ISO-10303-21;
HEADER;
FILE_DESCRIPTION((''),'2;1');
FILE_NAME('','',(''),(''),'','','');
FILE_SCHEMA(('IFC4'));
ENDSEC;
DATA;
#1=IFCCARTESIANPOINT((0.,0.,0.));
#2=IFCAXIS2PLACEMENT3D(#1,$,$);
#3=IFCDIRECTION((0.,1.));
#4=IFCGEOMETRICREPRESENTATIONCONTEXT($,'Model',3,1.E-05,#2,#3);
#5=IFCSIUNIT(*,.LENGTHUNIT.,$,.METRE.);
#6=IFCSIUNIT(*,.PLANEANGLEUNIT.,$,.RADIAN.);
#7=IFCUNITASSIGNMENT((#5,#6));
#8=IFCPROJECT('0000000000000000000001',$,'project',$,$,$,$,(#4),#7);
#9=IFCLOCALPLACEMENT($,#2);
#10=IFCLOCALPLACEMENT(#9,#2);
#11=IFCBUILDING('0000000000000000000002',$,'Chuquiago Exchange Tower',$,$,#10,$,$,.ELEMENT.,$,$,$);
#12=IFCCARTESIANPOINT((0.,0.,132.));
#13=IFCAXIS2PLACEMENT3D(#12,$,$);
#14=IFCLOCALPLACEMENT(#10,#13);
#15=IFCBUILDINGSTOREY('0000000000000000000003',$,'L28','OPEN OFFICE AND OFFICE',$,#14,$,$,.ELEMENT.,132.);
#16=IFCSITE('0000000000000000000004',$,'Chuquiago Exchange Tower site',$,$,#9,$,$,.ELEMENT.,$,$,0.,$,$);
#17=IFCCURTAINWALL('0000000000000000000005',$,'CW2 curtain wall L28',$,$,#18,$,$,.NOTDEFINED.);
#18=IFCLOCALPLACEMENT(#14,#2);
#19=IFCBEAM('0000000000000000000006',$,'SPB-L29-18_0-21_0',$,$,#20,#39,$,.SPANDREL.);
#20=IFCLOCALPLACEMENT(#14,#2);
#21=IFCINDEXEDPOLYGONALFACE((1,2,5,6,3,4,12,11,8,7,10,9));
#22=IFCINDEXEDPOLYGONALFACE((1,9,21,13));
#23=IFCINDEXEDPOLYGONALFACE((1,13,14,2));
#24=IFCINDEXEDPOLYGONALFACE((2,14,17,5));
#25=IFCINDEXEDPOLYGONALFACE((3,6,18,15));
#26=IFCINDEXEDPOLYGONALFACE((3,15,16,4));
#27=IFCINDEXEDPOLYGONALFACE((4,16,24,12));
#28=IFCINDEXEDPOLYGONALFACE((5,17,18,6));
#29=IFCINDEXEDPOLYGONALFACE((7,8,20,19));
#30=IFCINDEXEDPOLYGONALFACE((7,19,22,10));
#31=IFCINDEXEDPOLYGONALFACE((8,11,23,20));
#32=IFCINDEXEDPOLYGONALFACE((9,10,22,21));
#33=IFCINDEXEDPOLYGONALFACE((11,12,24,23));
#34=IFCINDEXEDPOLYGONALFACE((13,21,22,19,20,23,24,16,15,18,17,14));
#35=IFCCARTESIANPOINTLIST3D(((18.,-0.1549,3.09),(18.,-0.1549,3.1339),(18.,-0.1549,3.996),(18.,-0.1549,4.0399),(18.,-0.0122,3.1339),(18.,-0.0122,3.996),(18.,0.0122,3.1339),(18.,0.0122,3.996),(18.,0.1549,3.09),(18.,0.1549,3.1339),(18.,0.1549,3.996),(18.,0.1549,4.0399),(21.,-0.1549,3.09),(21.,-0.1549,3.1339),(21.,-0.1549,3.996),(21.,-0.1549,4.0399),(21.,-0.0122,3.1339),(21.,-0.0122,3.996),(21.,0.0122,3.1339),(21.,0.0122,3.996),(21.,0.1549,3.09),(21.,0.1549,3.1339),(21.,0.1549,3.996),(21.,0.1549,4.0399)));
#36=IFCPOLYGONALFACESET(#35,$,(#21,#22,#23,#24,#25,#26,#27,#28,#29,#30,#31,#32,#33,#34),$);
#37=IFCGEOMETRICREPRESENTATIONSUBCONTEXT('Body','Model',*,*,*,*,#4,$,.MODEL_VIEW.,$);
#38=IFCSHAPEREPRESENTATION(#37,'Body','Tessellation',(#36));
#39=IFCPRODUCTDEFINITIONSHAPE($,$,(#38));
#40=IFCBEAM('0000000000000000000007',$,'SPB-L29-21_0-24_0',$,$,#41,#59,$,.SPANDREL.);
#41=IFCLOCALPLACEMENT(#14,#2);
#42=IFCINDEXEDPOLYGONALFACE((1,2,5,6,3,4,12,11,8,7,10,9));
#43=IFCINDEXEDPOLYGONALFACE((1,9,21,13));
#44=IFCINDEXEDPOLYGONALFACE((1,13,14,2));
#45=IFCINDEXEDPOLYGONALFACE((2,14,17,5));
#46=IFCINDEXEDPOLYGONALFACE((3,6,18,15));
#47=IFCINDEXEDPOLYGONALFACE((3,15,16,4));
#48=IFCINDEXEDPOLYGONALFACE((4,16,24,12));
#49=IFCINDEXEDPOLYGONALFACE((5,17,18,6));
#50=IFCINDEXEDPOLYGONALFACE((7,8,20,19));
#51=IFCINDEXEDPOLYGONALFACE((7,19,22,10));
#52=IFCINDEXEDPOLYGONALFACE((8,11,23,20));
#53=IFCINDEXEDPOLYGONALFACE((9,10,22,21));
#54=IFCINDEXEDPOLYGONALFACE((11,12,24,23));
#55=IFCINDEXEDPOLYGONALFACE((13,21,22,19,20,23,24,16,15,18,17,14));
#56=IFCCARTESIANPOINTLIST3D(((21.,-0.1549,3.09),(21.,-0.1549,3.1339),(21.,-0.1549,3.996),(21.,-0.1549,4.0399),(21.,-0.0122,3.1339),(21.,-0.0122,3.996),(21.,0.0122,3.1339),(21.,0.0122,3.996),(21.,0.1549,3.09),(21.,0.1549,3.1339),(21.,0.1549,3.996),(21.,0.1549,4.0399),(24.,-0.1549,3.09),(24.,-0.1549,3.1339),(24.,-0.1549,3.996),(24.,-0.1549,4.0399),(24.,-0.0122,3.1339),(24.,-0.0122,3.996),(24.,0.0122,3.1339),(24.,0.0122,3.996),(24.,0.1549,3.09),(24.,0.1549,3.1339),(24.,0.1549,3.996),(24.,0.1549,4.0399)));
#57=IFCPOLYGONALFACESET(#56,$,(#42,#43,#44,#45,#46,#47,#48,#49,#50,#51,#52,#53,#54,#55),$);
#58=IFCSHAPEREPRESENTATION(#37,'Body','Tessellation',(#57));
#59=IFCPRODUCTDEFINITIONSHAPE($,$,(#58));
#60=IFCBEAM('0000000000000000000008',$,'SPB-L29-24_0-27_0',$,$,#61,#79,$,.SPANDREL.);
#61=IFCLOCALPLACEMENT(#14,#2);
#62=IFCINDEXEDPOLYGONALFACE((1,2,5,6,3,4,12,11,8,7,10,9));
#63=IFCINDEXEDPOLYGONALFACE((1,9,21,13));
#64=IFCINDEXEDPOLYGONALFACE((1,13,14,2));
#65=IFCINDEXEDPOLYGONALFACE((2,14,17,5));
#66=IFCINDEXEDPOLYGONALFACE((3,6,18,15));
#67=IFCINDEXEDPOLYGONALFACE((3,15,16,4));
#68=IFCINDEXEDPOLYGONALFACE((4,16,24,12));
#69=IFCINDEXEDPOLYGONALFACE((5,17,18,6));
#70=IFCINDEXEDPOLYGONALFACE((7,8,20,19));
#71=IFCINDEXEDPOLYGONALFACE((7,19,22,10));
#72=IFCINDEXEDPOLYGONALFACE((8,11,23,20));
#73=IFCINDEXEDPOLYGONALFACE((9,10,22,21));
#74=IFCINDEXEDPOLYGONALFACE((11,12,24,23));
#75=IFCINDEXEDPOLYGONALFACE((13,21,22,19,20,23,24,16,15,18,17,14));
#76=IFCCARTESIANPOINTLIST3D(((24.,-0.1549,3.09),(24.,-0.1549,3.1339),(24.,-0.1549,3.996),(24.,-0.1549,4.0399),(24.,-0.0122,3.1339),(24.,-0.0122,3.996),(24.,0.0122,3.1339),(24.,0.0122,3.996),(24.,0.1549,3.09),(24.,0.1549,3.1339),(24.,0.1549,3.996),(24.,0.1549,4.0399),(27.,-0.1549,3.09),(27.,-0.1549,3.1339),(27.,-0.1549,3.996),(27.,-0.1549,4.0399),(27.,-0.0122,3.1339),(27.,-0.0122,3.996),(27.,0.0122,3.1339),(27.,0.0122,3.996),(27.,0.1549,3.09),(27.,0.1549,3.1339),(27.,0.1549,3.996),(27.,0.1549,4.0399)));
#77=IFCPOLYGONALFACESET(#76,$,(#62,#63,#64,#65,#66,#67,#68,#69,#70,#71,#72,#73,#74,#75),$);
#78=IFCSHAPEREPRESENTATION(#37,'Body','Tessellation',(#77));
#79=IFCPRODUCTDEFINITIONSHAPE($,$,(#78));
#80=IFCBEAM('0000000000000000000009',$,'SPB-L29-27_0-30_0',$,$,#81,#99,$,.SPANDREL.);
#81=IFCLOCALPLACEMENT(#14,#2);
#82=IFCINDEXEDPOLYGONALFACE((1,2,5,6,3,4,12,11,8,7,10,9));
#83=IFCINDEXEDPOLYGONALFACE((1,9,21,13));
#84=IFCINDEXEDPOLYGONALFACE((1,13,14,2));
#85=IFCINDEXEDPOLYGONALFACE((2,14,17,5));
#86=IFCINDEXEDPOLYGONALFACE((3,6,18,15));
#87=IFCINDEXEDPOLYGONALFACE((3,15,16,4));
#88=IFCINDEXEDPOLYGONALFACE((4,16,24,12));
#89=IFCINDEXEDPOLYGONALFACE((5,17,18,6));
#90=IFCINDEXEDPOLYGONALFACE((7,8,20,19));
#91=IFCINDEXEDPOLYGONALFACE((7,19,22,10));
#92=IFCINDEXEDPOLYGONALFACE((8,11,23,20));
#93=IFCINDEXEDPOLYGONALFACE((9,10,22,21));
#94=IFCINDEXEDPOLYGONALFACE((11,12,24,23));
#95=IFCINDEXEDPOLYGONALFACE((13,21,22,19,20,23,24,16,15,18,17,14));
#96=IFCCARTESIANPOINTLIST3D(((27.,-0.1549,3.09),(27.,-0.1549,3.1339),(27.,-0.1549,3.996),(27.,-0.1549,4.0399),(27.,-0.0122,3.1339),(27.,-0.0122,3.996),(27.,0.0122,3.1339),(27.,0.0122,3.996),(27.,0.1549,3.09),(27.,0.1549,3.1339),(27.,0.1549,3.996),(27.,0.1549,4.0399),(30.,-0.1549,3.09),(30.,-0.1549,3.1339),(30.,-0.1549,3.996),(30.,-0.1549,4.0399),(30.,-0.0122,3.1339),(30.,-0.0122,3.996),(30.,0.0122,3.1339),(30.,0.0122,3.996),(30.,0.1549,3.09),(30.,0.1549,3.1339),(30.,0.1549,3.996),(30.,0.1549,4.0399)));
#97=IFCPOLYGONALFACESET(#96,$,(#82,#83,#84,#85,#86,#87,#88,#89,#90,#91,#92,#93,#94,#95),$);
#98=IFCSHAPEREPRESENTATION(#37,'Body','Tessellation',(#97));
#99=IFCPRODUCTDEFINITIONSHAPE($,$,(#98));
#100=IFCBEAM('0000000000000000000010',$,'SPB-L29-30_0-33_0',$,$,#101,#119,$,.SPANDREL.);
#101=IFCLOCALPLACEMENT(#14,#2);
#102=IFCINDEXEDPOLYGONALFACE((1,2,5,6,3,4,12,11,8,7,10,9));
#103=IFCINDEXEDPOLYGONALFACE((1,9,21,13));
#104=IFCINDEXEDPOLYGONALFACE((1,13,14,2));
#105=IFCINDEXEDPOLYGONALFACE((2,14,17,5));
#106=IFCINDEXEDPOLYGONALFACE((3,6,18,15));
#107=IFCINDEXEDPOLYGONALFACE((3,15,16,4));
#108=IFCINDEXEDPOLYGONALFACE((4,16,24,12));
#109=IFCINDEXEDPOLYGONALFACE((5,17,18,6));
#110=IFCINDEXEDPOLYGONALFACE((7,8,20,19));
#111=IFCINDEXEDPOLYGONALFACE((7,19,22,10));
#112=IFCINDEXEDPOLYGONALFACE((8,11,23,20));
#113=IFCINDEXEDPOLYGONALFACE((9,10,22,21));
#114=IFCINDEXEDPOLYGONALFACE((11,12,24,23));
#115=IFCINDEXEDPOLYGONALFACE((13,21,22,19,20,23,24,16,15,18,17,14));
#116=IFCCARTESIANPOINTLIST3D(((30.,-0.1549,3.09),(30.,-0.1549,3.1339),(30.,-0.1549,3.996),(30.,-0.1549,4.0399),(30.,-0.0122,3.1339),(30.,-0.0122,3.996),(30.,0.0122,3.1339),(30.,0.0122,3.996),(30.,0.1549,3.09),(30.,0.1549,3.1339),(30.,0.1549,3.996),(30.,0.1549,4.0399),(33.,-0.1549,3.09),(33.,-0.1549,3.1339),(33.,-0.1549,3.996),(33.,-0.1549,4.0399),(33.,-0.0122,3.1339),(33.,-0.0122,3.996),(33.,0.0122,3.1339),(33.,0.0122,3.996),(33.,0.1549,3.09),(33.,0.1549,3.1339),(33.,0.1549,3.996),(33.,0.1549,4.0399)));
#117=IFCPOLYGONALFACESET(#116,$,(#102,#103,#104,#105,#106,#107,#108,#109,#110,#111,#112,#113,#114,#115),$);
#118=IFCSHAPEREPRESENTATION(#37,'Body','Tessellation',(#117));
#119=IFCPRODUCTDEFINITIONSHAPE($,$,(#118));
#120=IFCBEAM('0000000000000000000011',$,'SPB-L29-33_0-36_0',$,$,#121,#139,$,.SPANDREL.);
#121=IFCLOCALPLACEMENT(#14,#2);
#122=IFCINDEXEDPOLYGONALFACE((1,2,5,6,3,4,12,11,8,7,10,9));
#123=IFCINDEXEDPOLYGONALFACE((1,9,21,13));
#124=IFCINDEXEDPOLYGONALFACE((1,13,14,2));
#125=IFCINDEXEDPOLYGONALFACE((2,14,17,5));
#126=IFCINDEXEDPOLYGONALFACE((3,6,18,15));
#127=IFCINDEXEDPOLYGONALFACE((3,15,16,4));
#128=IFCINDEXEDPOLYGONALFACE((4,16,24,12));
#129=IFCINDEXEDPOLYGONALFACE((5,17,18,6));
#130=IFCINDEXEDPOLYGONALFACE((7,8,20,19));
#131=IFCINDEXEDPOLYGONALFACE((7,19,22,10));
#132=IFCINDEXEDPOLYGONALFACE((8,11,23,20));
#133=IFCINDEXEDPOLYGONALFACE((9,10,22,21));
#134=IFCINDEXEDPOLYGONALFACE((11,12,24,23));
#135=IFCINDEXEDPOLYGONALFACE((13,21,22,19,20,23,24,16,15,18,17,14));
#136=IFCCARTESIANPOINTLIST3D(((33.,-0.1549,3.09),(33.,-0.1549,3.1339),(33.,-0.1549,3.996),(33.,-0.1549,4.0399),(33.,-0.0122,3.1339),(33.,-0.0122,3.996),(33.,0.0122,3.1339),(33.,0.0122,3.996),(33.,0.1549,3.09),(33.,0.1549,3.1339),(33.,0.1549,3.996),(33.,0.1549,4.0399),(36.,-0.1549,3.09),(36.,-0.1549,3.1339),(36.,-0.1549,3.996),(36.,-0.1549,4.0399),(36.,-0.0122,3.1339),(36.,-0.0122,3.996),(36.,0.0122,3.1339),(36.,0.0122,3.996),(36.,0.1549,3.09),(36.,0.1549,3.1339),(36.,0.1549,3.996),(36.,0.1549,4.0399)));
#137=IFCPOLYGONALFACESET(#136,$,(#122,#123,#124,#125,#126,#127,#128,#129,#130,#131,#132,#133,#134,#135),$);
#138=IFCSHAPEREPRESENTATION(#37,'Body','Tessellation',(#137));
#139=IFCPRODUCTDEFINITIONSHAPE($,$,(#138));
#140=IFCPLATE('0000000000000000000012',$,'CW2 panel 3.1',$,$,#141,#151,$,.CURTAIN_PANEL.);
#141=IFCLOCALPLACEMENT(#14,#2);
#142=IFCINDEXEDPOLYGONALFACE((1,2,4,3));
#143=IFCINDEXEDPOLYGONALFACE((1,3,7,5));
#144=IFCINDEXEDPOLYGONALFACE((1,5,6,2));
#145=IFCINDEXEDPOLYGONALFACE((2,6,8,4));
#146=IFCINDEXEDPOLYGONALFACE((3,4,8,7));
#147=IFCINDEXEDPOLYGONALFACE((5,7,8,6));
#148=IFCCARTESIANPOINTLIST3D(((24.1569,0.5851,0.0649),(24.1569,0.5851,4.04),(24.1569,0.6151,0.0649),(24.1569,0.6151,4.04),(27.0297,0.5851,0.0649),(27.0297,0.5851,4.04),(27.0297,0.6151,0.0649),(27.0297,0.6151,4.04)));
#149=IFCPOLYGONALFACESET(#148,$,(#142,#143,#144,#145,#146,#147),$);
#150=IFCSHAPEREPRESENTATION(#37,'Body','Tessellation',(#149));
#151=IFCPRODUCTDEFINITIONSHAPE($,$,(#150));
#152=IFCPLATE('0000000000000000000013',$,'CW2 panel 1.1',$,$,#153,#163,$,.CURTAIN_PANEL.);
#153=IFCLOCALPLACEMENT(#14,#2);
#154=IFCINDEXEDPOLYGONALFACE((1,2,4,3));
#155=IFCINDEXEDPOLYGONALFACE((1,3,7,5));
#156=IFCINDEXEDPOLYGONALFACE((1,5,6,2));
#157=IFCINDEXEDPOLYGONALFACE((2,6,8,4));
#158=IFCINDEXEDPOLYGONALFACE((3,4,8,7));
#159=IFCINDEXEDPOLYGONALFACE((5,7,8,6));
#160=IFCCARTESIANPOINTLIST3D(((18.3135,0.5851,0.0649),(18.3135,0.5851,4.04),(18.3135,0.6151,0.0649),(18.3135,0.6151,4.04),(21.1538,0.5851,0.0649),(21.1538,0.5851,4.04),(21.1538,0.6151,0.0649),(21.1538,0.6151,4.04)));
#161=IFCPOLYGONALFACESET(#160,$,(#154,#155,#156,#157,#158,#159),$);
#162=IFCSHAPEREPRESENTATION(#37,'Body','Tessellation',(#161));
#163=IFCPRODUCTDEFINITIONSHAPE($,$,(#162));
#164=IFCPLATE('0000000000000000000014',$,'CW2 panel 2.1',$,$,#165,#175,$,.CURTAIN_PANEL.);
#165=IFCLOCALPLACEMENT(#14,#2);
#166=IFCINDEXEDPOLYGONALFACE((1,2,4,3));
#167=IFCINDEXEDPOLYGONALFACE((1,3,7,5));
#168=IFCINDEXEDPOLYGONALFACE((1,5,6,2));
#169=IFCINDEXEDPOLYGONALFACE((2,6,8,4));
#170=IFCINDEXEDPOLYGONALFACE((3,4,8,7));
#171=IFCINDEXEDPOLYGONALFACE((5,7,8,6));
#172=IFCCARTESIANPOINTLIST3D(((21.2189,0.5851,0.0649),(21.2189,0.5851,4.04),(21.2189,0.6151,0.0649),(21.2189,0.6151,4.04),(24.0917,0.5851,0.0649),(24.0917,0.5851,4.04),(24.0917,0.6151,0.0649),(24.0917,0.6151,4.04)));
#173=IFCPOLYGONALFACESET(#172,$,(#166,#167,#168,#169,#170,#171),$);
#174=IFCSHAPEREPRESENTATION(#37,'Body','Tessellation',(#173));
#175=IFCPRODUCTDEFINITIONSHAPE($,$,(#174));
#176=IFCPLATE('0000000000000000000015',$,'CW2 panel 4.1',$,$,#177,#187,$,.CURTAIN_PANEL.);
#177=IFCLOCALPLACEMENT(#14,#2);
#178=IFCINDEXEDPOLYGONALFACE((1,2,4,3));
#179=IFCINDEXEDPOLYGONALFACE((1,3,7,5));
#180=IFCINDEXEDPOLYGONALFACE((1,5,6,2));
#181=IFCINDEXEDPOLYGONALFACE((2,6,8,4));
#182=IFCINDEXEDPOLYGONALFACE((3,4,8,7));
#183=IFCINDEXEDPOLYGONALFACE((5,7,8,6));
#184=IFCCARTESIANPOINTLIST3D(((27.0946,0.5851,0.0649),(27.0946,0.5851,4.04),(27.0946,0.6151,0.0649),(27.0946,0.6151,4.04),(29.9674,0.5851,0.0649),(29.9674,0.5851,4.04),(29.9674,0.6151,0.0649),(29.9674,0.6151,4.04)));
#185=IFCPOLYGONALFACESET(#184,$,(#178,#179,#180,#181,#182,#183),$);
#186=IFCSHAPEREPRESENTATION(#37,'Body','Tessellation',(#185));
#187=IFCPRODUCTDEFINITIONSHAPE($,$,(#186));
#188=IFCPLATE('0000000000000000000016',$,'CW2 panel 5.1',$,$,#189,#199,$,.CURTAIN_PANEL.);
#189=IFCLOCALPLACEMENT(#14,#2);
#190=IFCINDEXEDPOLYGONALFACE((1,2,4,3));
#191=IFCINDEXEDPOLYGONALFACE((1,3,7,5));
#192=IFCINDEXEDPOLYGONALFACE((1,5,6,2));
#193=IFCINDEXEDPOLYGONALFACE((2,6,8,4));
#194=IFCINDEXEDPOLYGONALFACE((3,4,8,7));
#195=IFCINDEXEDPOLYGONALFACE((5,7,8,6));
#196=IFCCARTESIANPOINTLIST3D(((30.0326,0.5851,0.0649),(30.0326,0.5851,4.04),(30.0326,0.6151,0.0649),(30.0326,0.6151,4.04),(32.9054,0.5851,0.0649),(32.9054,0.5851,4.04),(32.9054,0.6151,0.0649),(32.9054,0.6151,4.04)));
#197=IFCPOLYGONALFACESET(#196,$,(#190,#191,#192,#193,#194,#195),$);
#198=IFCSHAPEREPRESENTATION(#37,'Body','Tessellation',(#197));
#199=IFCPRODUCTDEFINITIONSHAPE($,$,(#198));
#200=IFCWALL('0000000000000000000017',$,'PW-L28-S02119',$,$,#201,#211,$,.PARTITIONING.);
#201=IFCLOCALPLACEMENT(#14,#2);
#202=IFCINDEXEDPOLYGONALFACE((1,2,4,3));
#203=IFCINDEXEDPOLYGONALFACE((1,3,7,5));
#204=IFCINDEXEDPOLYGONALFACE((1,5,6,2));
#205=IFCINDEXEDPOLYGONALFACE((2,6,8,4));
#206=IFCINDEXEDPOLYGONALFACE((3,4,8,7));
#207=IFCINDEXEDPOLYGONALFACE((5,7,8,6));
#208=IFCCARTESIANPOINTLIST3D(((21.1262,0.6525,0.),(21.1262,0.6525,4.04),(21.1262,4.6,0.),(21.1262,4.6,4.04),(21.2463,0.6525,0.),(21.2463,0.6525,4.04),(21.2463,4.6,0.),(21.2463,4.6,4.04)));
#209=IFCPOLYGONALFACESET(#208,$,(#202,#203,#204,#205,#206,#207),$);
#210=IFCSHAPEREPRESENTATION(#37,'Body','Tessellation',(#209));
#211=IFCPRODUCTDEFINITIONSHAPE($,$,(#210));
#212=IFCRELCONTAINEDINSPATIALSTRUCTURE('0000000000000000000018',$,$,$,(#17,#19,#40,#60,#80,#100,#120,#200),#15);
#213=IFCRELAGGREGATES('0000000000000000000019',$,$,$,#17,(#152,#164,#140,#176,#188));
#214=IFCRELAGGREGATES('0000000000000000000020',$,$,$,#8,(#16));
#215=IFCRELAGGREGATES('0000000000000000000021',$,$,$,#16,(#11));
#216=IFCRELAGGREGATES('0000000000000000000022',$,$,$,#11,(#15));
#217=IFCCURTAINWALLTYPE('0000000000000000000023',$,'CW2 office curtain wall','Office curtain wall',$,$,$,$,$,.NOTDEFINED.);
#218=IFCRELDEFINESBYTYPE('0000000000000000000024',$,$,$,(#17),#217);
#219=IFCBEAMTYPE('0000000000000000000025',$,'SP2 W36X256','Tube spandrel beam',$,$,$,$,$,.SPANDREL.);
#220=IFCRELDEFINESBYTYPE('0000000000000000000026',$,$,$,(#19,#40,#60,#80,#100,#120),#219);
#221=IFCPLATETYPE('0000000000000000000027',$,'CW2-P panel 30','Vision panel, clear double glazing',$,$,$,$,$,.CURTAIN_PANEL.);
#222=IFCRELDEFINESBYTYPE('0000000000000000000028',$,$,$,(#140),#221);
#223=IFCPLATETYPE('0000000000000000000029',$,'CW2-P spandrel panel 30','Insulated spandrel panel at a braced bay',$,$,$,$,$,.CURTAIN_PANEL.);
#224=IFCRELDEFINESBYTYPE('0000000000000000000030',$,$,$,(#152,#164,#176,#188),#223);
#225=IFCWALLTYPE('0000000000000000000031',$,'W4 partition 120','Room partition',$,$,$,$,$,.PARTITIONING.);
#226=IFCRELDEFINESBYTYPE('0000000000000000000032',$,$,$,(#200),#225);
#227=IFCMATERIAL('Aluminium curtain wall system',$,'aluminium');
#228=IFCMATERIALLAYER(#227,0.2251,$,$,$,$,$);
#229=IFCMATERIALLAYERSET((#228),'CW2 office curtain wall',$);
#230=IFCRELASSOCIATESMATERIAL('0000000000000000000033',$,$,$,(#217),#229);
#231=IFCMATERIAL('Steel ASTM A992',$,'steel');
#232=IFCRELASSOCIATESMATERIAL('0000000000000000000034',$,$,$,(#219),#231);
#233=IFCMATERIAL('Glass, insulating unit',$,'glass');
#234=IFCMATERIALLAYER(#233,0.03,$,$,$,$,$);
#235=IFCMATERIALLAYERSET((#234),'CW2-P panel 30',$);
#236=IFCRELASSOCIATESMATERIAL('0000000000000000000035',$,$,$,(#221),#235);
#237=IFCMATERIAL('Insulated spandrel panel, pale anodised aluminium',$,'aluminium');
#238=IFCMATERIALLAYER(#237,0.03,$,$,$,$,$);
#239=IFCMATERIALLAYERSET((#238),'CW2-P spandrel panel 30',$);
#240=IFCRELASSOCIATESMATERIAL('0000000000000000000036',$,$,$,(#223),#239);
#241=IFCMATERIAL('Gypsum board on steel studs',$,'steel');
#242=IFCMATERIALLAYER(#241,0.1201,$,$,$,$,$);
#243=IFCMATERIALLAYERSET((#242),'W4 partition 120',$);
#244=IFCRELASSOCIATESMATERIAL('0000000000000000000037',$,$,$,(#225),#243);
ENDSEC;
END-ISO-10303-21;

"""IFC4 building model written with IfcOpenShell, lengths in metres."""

from ifc_helpers import new_model, si_unit, direction, frame, frame_2d, origin, origin_2d, place, context, subcontext, project, spatial, rectangle, i_section, extrude, material, layer, layer_set, material_profile, profile_set, type_object, element, aggregate, save


model = new_model("IFC4")

# Units and contexts
model_context = context("Model", 3, precision=1e-05, world=origin(), true_north=direction((0.0, 1.0)))
body_context = subcontext(model_context, "Body", "Model", "MODEL_VIEW")
ifc_project = project(units=[si_unit("LENGTHUNIT", "METRE"), si_unit("PLANEANGLEUNIT", "RADIAN")], contexts=[model_context])

# Site, building, storey
site_placement = place(None, origin())
site = spatial("IfcSite", under=ifc_project, at=site_placement, Name="Chuquiago Exchange Tower site", CompositionType="ELEMENT", RefElevation=0.0)
building_placement = place(site_placement, origin())
building = spatial("IfcBuilding", under=site, at=building_placement, Name="Chuquiago Exchange Tower", CompositionType="ELEMENT")
storey_placement = place(building_placement, frame((0.0, 0.0, 132.0)))
storey = spatial("IfcBuildingStorey", under=building, at=storey_placement, Name="L28", Description="OPEN OFFICE AND OFFICE", CompositionType="ELEMENT", Elevation=132.0)

# Curtain wall
ifc_material_1 = material(Name="Aluminium curtain wall system", Category="aluminium")
ifc_layer_1 = layer(ifc_material_1, 0.2251)
ifc_layer_set_1 = layer_set([ifc_layer_1], Name="CW2 office curtain wall")
curtain_wall_type_1 = type_object("IfcCurtainWallType", Name="CW2 office curtain wall", Description="Office curtain wall", PredefinedType="NOTDEFINED", material=ifc_layer_set_1)
curtain_wall_1_placement = place(storey_placement, origin())
curtain_wall_1 = element("IfcCurtainWall", 1, at=curtain_wall_1_placement, inside=storey, type_object=curtain_wall_type_1, Name="CW2 curtain wall L28", PredefinedType="NOTDEFINED")

# Beams
ifc_material_2 = material(Name="Steel ASTM A992", Category="steel")
ifc_material_profile_1 = material_profile(ifc_material_2, i_section(OverallWidth=0.3098, OverallDepth=0.95, WebThickness=0.0244, FlangeThickness=0.0439, at=origin_2d()), Name="W36X256")
ifc_profile_set_1 = profile_set([ifc_material_profile_1], Name="Steel ASTM A992")
beam_type = type_object("IfcBeamType", Name="SP2 W36X256", Description="Tube spandrel beam", PredefinedType="SPANDREL", material=ifc_profile_set_1)
for number, where, z_axis, x_axis, name in (
    (2, (18.0, 0.0, 3.5649), (1.0, 0.0, 0.0), (0.0, 1.0, 0.0), "SPB-L29-18_0-21_0"),
    (3, (21.0, 0.0, 3.5649), (1.0, 0.0, 0.0), (0.0, 1.0, 0.0), "SPB-L29-21_0-24_0"),
    (4, (24.0, 0.0, 3.5649), (1.0, 0.0, 0.0), (0.0, 1.0, 0.0), "SPB-L29-24_0-27_0"),
    (5, (27.0, 0.0, 3.5649), (1.0, 0.0, 0.0), (0.0, 1.0, 0.0), "SPB-L29-27_0-30_0"),
    (6, (30.0, 0.0, 3.5649), (1.0, 0.0, 0.0), (0.0, 1.0, 0.0), "SPB-L29-30_0-33_0"),
    (7, (33.0, 0.0, 3.5649), (1.0, 0.0, 0.0), (0.0, 1.0, 0.0), "SPB-L29-33_0-36_0"),
):
    element("IfcBeam", number, at=place(storey_placement, frame(where, z_axis=z_axis, x_axis=x_axis)), inside=storey, type_object=beam_type, Name=name, PredefinedType="SPANDREL", context=body_context, shape_type="SweptSolid", body=[
        extrude(i_section(OverallWidth=0.3098, OverallDepth=0.95, WebThickness=0.0244, FlangeThickness=0.0439, at=origin_2d()), origin(), (0.0, 0.0, 1.0), 3.0),
    ])

# Plates
ifc_material_3 = material(Name="Glass, insulating unit", Category="glass")
ifc_layer_2 = layer(ifc_material_3, 0.03)
ifc_layer_set_2 = layer_set([ifc_layer_2], Name="CW2-P panel 30")
plate_type_1 = type_object("IfcPlateType", Name="CW2-P panel 30", Description="Vision panel, clear double glazing", PredefinedType="CURTAIN_PANEL", material=ifc_layer_set_2)
plate_1_placement = place(storey_placement, frame((25.5933, 0.6001, 0.0649), z_axis=(0.0, 0.0, 1.0), x_axis=(1.0, 0.0, 0.0)))
plate_1 = element("IfcPlate", 8, at=plate_1_placement, type_object=plate_type_1, Name="CW2 panel 3.1", PredefinedType="CURTAIN_PANEL", context=body_context, shape_type="SweptSolid", body=[
    extrude(rectangle(XDim=2.8728, YDim=0.03, at=origin_2d()), origin(), (0.0, 0.0, 1.0), 3.9751),
])
ifc_material_4 = material(Name="Insulated spandrel panel, pale anodised aluminium", Category="aluminium")
ifc_layer_3 = layer(ifc_material_4, 0.03)
ifc_layer_set_3 = layer_set([ifc_layer_3], Name="CW2-P spandrel panel 30")
plate_type_2 = type_object("IfcPlateType", Name="CW2-P spandrel panel 30", Description="Insulated spandrel panel at a braced bay", PredefinedType="CURTAIN_PANEL", material=ifc_layer_set_3)
plate_2_placement = place(storey_placement, frame((19.7336, 0.6001, 0.0649), z_axis=(0.0, 0.0, 1.0), x_axis=(1.0, 0.0, 0.0)))
plate_2 = element("IfcPlate", 9, at=plate_2_placement, type_object=plate_type_2, Name="CW2 panel 1.1", PredefinedType="CURTAIN_PANEL", context=body_context, shape_type="SweptSolid", body=[
    extrude(rectangle(XDim=2.8403, YDim=0.03, at=origin_2d()), origin(), (0.0, 0.0, 1.0), 3.9751),
])
plate_3_placement = place(storey_placement, frame((22.6553, 0.6001, 0.0649), z_axis=(0.0, 0.0, 1.0), x_axis=(1.0, 0.0, 0.0)))
plate_3 = element("IfcPlate", 10, at=plate_3_placement, type_object=plate_type_2, Name="CW2 panel 2.1", PredefinedType="CURTAIN_PANEL", context=body_context, shape_type="SweptSolid", body=[
    extrude(rectangle(XDim=2.8728, YDim=0.03, at=origin_2d()), origin(), (0.0, 0.0, 1.0), 3.9751),
])
plate_4_placement = place(storey_placement, frame((28.531, 0.6001, 0.0649), z_axis=(0.0, 0.0, 1.0), x_axis=(1.0, 0.0, 0.0)))
plate_4 = element("IfcPlate", 11, at=plate_4_placement, type_object=plate_type_2, Name="CW2 panel 4.1", PredefinedType="CURTAIN_PANEL", context=body_context, shape_type="SweptSolid", body=[
    extrude(rectangle(XDim=2.8728, YDim=0.03, at=origin_2d()), origin(), (0.0, 0.0, 1.0), 3.9751),
])
plate_5_placement = place(storey_placement, frame((31.469, 0.6001, 0.0649), z_axis=(0.0, 0.0, 1.0), x_axis=(1.0, 0.0, 0.0)))
plate_5 = element("IfcPlate", 12, at=plate_5_placement, type_object=plate_type_2, Name="CW2 panel 5.1", PredefinedType="CURTAIN_PANEL", context=body_context, shape_type="SweptSolid", body=[
    extrude(rectangle(XDim=2.8728, YDim=0.03, at=origin_2d()), origin(), (0.0, 0.0, 1.0), 3.9751),
])
aggregate(curtain_wall_1, [plate_2, plate_3, plate_1, plate_4, plate_5])

# Wall
ifc_material_5 = material(Name="Gypsum board on steel studs", Category="steel")
ifc_layer_4 = layer(ifc_material_5, 0.1201)
ifc_layer_set_4 = layer_set([ifc_layer_4], Name="W4 partition 120")
wall_type = type_object("IfcWallType", Name="W4 partition 120", Description="Room partition", PredefinedType="PARTITIONING", material=ifc_layer_set_4)
wall_placement = place(storey_placement, frame((21.1863, 0.6526, 0.0), z_axis=(0.0, 0.0, 1.0), x_axis=(0.0, 1.0, 0.0)))
element("IfcWall", 13, at=wall_placement, inside=storey, type_object=wall_type, Name="PW-L28-S02119", PredefinedType="PARTITIONING", context=body_context, shape_type="SweptSolid", body=[
    extrude(rectangle(XDim=3.9475, YDim=0.1201, at=frame_2d((1.9736, 0.0))), origin(), (0.0, 0.0, 1.0), 4.04),
])

save(model, "model.ifc")
